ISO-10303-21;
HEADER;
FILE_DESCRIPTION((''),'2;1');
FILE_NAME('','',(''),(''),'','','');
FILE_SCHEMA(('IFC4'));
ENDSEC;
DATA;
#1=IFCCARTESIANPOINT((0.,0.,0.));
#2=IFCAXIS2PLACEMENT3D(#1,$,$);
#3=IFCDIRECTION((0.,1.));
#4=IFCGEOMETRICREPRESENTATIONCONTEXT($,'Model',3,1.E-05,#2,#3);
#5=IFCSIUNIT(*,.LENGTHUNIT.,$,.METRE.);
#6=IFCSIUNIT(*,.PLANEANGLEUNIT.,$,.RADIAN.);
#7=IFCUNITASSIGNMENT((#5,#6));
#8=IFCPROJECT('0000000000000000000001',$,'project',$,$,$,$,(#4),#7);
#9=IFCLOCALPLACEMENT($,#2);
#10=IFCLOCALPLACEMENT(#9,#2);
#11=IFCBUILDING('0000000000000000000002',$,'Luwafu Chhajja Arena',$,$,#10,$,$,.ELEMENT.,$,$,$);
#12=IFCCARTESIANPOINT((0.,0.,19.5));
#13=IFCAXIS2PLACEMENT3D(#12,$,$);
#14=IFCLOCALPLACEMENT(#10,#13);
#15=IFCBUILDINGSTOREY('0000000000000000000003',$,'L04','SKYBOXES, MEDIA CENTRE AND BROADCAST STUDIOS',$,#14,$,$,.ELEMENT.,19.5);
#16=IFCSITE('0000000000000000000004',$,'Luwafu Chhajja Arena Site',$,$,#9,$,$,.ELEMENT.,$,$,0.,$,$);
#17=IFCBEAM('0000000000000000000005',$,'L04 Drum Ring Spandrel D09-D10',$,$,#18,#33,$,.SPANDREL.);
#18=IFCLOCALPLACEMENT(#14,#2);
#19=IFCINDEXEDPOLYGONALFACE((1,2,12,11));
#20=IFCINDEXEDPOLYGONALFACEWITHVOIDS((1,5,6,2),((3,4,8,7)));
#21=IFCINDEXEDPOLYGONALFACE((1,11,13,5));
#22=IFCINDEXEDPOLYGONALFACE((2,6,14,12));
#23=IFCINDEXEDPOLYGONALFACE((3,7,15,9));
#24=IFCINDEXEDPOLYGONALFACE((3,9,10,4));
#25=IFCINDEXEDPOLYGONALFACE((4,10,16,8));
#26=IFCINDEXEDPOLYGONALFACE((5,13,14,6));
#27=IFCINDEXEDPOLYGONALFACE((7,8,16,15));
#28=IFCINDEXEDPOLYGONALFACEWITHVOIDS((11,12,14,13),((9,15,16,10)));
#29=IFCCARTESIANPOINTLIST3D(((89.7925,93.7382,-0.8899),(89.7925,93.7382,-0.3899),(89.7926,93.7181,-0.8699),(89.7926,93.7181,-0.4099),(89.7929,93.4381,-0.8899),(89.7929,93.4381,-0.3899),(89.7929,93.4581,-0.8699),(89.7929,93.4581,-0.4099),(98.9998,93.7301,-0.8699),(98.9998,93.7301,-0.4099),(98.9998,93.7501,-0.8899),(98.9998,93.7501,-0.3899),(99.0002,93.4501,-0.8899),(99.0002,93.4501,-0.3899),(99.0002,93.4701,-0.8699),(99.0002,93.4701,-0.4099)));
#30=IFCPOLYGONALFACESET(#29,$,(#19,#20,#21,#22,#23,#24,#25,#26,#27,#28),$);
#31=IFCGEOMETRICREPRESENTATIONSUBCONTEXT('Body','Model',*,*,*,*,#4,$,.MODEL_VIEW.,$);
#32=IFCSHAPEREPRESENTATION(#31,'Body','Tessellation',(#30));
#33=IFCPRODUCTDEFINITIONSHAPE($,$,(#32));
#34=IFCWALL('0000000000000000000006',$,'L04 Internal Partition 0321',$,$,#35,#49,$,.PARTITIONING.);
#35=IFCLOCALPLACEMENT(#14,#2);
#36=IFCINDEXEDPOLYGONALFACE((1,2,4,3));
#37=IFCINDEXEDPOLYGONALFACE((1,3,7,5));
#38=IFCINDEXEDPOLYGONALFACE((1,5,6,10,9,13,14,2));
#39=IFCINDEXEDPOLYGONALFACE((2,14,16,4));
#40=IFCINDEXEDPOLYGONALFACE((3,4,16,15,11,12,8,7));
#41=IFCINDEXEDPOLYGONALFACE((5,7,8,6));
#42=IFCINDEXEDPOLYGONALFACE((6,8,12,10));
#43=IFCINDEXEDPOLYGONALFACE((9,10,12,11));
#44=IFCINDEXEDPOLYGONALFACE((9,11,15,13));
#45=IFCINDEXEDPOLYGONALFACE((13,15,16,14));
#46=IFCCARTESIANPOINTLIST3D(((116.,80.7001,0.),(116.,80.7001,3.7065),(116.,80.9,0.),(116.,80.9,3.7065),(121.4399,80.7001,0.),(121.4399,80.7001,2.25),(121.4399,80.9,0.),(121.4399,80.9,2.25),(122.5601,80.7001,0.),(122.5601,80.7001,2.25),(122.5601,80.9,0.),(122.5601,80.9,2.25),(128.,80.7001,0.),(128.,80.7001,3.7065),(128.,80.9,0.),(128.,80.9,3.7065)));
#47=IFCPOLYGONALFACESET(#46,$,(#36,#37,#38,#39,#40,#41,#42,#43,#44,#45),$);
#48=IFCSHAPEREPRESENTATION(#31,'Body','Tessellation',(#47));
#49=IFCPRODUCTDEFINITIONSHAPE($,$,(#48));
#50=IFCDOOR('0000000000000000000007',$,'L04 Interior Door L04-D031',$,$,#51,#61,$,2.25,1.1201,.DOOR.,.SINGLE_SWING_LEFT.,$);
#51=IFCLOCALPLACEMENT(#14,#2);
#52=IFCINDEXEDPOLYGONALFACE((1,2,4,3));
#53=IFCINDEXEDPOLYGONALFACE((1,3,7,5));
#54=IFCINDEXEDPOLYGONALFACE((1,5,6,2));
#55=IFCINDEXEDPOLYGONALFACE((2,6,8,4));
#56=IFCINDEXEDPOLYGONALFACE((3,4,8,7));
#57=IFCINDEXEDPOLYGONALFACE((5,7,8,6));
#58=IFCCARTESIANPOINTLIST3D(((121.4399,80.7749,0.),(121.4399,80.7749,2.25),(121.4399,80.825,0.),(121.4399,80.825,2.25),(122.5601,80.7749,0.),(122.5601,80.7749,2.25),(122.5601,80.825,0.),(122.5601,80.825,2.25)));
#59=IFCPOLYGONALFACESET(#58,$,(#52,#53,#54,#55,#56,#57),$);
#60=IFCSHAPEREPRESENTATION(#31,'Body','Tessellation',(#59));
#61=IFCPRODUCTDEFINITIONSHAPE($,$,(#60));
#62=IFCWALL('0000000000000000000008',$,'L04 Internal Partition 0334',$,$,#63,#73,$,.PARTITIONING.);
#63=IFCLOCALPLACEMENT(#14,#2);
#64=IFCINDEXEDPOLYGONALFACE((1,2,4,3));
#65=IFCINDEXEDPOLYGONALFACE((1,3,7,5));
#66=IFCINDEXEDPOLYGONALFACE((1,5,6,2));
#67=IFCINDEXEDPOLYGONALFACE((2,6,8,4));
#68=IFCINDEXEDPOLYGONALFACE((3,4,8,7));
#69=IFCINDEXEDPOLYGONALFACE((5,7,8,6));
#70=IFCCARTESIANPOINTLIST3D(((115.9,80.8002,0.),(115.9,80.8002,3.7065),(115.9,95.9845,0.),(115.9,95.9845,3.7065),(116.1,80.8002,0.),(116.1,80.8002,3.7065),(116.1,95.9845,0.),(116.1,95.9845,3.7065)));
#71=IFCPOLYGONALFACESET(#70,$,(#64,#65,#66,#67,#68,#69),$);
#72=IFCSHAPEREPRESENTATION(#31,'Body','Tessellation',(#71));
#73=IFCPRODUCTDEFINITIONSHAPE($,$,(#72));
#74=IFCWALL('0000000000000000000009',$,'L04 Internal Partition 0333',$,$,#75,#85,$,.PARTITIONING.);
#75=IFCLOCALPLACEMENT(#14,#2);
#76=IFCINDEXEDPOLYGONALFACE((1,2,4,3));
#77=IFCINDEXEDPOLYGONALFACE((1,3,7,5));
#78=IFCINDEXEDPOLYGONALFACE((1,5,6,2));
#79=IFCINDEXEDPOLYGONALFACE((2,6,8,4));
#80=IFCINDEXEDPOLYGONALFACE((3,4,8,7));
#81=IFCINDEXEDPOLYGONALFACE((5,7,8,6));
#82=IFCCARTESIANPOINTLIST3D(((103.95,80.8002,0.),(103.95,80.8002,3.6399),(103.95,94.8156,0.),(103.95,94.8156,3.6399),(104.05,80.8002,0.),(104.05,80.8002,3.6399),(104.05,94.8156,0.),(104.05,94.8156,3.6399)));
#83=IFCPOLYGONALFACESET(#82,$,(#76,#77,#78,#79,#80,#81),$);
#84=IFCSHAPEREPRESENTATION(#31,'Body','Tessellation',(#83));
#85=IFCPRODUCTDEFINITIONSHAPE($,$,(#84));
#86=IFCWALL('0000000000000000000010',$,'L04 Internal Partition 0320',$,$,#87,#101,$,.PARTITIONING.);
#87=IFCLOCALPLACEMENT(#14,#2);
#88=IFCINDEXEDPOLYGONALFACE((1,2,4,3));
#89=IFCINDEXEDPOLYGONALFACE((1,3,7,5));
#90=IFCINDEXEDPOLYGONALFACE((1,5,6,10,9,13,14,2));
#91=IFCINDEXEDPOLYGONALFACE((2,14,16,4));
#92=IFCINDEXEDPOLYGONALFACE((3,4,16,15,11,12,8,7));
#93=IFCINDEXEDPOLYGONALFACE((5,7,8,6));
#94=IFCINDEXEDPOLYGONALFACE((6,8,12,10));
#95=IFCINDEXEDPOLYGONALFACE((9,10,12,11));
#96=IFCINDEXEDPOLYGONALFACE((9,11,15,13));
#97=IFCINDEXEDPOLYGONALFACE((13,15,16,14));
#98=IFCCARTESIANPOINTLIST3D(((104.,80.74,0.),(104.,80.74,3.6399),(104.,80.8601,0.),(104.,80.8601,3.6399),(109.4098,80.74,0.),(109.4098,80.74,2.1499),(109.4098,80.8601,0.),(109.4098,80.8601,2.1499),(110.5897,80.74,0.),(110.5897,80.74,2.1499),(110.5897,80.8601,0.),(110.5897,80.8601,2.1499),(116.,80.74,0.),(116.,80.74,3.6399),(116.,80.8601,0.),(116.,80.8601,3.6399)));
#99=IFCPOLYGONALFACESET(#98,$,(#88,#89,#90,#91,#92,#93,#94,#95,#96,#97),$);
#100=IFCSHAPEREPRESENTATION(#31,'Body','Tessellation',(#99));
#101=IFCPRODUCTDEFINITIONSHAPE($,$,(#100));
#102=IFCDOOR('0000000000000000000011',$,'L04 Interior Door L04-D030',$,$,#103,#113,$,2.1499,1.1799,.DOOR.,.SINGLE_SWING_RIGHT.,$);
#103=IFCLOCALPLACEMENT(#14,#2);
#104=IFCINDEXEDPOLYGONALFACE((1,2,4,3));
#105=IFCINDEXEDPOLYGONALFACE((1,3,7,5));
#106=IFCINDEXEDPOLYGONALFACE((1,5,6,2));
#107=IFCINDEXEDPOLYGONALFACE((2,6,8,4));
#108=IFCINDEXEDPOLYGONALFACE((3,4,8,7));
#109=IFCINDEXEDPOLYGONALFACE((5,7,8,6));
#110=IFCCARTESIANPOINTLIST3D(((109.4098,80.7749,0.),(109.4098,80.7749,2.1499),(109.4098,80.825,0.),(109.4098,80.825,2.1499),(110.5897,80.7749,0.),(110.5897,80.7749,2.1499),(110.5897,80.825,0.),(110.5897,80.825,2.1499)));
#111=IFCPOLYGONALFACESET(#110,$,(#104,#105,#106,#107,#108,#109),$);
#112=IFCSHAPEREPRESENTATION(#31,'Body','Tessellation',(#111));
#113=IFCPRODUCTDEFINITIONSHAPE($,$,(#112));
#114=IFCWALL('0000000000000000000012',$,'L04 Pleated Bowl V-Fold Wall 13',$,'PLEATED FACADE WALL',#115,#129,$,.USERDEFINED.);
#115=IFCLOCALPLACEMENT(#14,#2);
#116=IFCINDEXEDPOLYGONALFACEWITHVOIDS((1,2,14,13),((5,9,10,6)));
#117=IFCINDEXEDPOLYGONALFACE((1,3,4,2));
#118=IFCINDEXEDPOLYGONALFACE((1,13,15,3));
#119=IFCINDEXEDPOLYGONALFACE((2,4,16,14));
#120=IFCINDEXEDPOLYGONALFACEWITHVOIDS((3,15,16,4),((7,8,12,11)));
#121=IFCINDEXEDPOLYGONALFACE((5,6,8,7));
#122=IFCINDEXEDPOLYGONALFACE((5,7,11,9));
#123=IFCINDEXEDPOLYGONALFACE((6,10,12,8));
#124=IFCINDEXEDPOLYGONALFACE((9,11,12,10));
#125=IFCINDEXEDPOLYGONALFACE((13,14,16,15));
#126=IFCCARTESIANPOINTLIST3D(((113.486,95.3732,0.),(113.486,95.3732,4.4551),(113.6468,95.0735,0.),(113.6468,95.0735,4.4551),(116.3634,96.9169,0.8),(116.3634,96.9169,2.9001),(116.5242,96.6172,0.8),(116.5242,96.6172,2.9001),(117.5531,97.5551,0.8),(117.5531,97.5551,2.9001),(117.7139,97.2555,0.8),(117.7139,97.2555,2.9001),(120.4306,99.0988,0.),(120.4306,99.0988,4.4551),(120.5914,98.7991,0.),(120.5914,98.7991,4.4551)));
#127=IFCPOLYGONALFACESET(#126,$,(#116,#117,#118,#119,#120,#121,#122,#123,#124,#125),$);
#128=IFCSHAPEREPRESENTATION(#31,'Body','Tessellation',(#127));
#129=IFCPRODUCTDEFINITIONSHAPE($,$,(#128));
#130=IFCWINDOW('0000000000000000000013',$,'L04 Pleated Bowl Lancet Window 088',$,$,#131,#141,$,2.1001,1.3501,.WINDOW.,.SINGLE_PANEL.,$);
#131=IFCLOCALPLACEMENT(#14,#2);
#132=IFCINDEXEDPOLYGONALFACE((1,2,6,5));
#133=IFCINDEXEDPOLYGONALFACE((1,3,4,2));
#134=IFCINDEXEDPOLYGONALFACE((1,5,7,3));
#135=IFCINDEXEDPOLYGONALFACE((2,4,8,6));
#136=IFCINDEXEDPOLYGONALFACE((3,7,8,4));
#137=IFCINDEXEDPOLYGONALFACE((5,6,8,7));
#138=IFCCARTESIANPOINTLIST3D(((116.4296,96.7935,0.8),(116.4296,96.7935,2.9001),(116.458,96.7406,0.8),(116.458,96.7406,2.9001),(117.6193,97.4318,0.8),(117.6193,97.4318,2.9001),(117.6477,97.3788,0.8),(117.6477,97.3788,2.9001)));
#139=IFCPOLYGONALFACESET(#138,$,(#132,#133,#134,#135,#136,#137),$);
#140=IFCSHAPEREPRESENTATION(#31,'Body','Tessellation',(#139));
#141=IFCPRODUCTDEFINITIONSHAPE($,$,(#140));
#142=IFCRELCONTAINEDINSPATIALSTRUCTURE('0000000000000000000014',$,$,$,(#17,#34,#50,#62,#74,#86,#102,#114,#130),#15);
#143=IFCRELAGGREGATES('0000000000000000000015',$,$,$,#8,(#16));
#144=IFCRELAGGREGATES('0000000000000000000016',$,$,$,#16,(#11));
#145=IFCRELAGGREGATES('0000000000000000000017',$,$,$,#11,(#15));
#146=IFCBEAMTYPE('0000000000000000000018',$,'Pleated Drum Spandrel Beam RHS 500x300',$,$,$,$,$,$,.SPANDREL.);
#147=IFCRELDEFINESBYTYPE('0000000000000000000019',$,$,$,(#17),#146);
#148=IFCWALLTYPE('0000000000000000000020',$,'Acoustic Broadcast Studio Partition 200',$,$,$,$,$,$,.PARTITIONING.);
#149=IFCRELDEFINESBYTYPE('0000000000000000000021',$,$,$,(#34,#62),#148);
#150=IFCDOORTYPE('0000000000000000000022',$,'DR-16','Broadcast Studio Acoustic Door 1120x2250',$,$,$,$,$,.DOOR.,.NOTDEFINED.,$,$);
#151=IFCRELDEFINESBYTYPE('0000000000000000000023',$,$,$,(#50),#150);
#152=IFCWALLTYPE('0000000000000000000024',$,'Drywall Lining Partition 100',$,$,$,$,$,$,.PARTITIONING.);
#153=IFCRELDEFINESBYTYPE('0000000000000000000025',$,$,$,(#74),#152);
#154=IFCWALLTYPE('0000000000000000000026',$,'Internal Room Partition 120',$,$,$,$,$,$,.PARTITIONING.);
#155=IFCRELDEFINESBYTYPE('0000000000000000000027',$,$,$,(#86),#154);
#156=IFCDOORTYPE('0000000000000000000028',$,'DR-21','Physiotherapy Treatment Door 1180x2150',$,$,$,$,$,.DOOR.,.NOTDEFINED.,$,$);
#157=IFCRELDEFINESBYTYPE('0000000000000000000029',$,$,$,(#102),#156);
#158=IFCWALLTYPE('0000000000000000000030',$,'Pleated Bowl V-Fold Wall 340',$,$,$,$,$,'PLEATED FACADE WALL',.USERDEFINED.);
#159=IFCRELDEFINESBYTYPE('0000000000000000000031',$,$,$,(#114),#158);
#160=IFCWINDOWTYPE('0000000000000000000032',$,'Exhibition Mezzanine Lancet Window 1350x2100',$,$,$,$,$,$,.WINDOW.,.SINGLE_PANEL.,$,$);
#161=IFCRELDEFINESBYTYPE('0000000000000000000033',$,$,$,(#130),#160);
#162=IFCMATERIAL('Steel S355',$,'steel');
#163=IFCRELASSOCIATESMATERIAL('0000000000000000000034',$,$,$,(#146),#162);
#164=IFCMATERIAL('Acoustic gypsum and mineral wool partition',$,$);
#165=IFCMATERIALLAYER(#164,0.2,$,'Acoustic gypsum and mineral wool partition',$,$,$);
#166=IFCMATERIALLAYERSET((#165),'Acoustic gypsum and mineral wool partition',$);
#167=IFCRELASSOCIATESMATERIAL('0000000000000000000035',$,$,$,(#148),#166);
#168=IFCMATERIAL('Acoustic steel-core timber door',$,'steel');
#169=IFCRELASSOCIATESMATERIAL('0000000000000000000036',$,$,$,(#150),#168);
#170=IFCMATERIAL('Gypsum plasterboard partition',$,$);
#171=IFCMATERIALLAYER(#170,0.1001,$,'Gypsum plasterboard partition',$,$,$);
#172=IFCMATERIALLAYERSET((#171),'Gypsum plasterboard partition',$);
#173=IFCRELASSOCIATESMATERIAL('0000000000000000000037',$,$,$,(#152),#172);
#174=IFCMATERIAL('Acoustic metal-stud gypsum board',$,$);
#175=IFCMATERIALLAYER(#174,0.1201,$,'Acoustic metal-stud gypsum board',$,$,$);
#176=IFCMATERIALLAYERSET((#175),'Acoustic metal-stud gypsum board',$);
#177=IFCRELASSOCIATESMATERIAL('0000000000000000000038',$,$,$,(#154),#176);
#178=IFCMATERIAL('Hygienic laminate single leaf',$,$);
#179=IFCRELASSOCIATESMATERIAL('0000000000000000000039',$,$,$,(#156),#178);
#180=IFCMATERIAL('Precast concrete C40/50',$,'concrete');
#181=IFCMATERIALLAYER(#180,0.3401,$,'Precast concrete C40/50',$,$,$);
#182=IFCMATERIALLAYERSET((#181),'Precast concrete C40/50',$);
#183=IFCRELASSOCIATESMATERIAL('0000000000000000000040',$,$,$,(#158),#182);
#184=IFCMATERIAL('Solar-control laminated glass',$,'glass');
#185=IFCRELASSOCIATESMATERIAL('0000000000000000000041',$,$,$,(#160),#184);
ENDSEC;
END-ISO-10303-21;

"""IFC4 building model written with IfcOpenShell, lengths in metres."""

from ifc_helpers import new_model, si_unit, direction, frame, frame_2d, origin, origin_2d, place, context, subcontext, project, spatial, rectangle, hollow_rectangle, extrude, material, layer, layer_set, material_profile, profile_set, type_object, element, fill, save


model = new_model("IFC4")

# Units and contexts
model_context = context("Model", 3, precision=1e-05, world=origin(), true_north=direction((0.0, 1.0)))
body_context = subcontext(model_context, "Body", "Model", "MODEL_VIEW")
ifc_project = project(units=[si_unit("LENGTHUNIT", "METRE"), si_unit("PLANEANGLEUNIT", "RADIAN")], contexts=[model_context])

# Site, building, storey
site_placement = place(None, origin())
site = spatial("IfcSite", under=ifc_project, at=site_placement, Name="Luwafu Chhajja Arena Site", CompositionType="ELEMENT", RefElevation=0.0)
building_placement = place(site_placement, origin())
building = spatial("IfcBuilding", under=site, at=building_placement, Name="Luwafu Chhajja Arena", CompositionType="ELEMENT")
storey_placement = place(building_placement, frame((0.0, 0.0, 19.5)))
storey = spatial("IfcBuildingStorey", under=building, at=storey_placement, Name="L04", Description="SKYBOXES, MEDIA CENTRE AND BROADCAST STUDIOS", CompositionType="ELEMENT", Elevation=19.5)

# Shared definitions
ifc_material_1 = material(Name="Steel S355", Category="steel")

# Beam
ifc_material_profile_1 = material_profile(ifc_material_1, hollow_rectangle(XDim=0.3, YDim=0.5, WallThickness=0.02, at=origin_2d()), Name="RHS 500x300x20")
ifc_profile_set_1 = profile_set([ifc_material_profile_1], Name="Steel S355")
beam_type_1 = type_object("IfcBeamType", Name="Pleated Drum Spandrel Beam RHS 500x300", PredefinedType="SPANDREL", material=ifc_profile_set_1)
for number, where, z_axis, x_axis, name in (
    (1, (99.0, 93.6001, -0.6399), (-0.999999, -0.001299, 0.0), (0.001299, -0.999999, 0.0), "L04 Drum Ring Spandrel D09-D10"),
):
    element("IfcBeam", number, at=place(storey_placement, frame(where, z_axis=z_axis, x_axis=x_axis)), inside=storey, type_object=beam_type_1, Name=name, PredefinedType="SPANDREL", context=body_context, shape_type="SweptSolid", body=[
        extrude(hollow_rectangle(XDim=0.3, YDim=0.5, WallThickness=0.02, at=origin_2d()), origin(), (0.0, 0.0, 1.0), 9.2073),
    ])

# Wall, opening, door
ifc_material_2 = material(Name="Acoustic gypsum and mineral wool partition")
ifc_layer_1 = layer(ifc_material_2, 0.2, Name="Acoustic gypsum and mineral wool partition")
ifc_layer_set_1 = layer_set([ifc_layer_1], Name="Acoustic gypsum and mineral wool partition")
wall_type_1 = type_object("IfcWallType", Name="Acoustic Broadcast Studio Partition 200", PredefinedType="PARTITIONING", material=ifc_layer_set_1)
wall_1_placement = place(storey_placement, frame((116.0, 80.8, 0.0), z_axis=(0.0, 0.0, 1.0), x_axis=(1.0, 0.0, 0.0)))
wall_1 = element("IfcWall", 2, at=wall_1_placement, inside=storey, type_object=wall_type_1, Name="L04 Internal Partition 0321", PredefinedType="PARTITIONING", context=body_context, shape_type="SweptSolid", body=[
    extrude(rectangle(XDim=12.0, YDim=0.2, at=frame_2d((6.0, 0.0))), origin(), (0.0, 0.0, 1.0), 3.7065),
])
opening_1_placement = place(wall_1_placement, frame((5.4399, 0.0, 0.0)))
opening_1 = element("IfcOpeningElement", 3, at=opening_1_placement, cuts=wall_1, PredefinedType="OPENING", context=body_context, shape_type="SweptSolid", body=[
    extrude(rectangle(XDim=1.1201, YDim=2.25, at=frame_2d((0.5601, 1.125))), frame((0.0, 0.1099, 0.0), z_axis=(0.0, -1.0, 0.0), x_axis=(1.0, 0.0, 0.0)), (0.0, 0.0, 1.0), 0.22),
])
ifc_material_3 = material(Name="Acoustic steel-core timber door", Category="steel")
door_type_1 = type_object("IfcDoorType", Name="DR-16", Description="Broadcast Studio Acoustic Door 1120x2250", OperationType="NOTDEFINED", PredefinedType="DOOR", material=ifc_material_3)
door_1_placement = place(opening_1_placement, origin())
door_1 = element("IfcDoor", 4, at=door_1_placement, inside=storey, type_object=door_type_1, Name="L04 Interior Door L04-D031", OperationType="SINGLE_SWING_LEFT", OverallHeight=2.25, OverallWidth=1.1201, PredefinedType="DOOR", context=body_context, shape_type="SweptSolid", body=[
    extrude(rectangle(XDim=1.1201, YDim=2.25, at=frame_2d((0.5601, 1.125))), frame((0.0, 0.0249, 0.0), z_axis=(0.0, -1.0, 0.0), x_axis=(1.0, 0.0, 0.0)), (0.0, 0.0, 1.0), 0.05),
])
fill(opening_1, door_1)

# Walls
wall_2_placement = place(storey_placement, frame((116.0, 80.8, 0.0), z_axis=(0.0, 0.0, 1.0), x_axis=(0.0, 1.0, 0.0)))
element("IfcWall", 5, at=wall_2_placement, inside=storey, type_object=wall_type_1, Name="L04 Internal Partition 0334", PredefinedType="PARTITIONING", context=body_context, shape_type="SweptSolid", body=[
    extrude(rectangle(XDim=15.1843, YDim=0.2, at=frame_2d((7.5923, 0.0))), origin(), (0.0, 0.0, 1.0), 3.7065),
])
ifc_material_4 = material(Name="Gypsum plasterboard partition")
ifc_layer_2 = layer(ifc_material_4, 0.1001, Name="Gypsum plasterboard partition")
ifc_layer_set_2 = layer_set([ifc_layer_2], Name="Gypsum plasterboard partition")
wall_type_2 = type_object("IfcWallType", Name="Drywall Lining Partition 100", PredefinedType="PARTITIONING", material=ifc_layer_set_2)
wall_3_placement = place(storey_placement, frame((104.0, 80.8, 0.0), z_axis=(0.0, 0.0, 1.0), x_axis=(0.0, 1.0, 0.0)))
element("IfcWall", 6, at=wall_3_placement, inside=storey, type_object=wall_type_2, Name="L04 Internal Partition 0333", PredefinedType="PARTITIONING", context=body_context, shape_type="SweptSolid", body=[
    extrude(rectangle(XDim=14.0154, YDim=0.1001, at=frame_2d((7.0078, 0.0))), origin(), (0.0, 0.0, 1.0), 3.6399),
])

# Wall, opening, door
ifc_material_5 = material(Name="Acoustic metal-stud gypsum board")
ifc_layer_3 = layer(ifc_material_5, 0.1201, Name="Acoustic metal-stud gypsum board")
ifc_layer_set_3 = layer_set([ifc_layer_3], Name="Acoustic metal-stud gypsum board")
wall_type_3 = type_object("IfcWallType", Name="Internal Room Partition 120", PredefinedType="PARTITIONING", material=ifc_layer_set_3)
wall_4_placement = place(storey_placement, frame((104.0, 80.8, 0.0), z_axis=(0.0, 0.0, 1.0), x_axis=(1.0, 0.0, 0.0)))
wall_4 = element("IfcWall", 7, at=wall_4_placement, inside=storey, type_object=wall_type_3, Name="L04 Internal Partition 0320", PredefinedType="PARTITIONING", context=body_context, shape_type="SweptSolid", body=[
    extrude(rectangle(XDim=12.0, YDim=0.1201, at=frame_2d((6.0, 0.0))), origin(), (0.0, 0.0, 1.0), 3.6399),
])
opening_2_placement = place(wall_4_placement, frame((5.4099, 0.0, 0.0)))
opening_2 = element("IfcOpeningElement", 8, at=opening_2_placement, cuts=wall_4, PredefinedType="OPENING", context=body_context, shape_type="SweptSolid", body=[
    extrude(rectangle(XDim=1.1799, YDim=2.1499, at=frame_2d((0.5898, 1.075))), frame((0.0, 0.0701, 0.0), z_axis=(0.0, -1.0, 0.0), x_axis=(1.0, 0.0, 0.0)), (0.0, 0.0, 1.0), 0.1401),
])
ifc_material_6 = material(Name="Hygienic laminate single leaf")
door_type_2 = type_object("IfcDoorType", Name="DR-21", Description="Physiotherapy Treatment Door 1180x2150", OperationType="NOTDEFINED", PredefinedType="DOOR", material=ifc_material_6)
door_2_placement = place(opening_2_placement, origin())
door_2 = element("IfcDoor", 9, at=door_2_placement, inside=storey, type_object=door_type_2, Name="L04 Interior Door L04-D030", OperationType="SINGLE_SWING_RIGHT", OverallHeight=2.1499, OverallWidth=1.1799, PredefinedType="DOOR", context=body_context, shape_type="SweptSolid", body=[
    extrude(rectangle(XDim=1.1799, YDim=2.1499, at=frame_2d((0.5898, 1.075))), frame((0.0, 0.0249, 0.0), z_axis=(0.0, -1.0, 0.0), x_axis=(1.0, 0.0, 0.0)), (0.0, 0.0, 1.0), 0.05),
])
fill(opening_2, door_2)

# Wall, opening, window
ifc_material_7 = material(Name="Precast concrete C40/50", Category="concrete")
ifc_layer_4 = layer(ifc_material_7, 0.3401, Name="Precast concrete C40/50")
ifc_layer_set_4 = layer_set([ifc_layer_4], Name="Precast concrete C40/50")
wall_type_4 = type_object("IfcWallType", Name="Pleated Bowl V-Fold Wall 340", ElementType="PLEATED FACADE WALL", PredefinedType="USERDEFINED", material=ifc_layer_set_4)
wall_5_placement = place(storey_placement, frame((120.511, 98.949, 0.0), z_axis=(0.0, 0.0, 1.0), x_axis=(-0.881201, -0.472741, 0.0)))
wall_5 = element("IfcWall", 10, at=wall_5_placement, inside=storey, type_object=wall_type_4, Name="L04 Pleated Bowl V-Fold Wall 13", ObjectType="PLEATED FACADE WALL", PredefinedType="USERDEFINED", context=body_context, shape_type="SweptSolid", body=[
    extrude(rectangle(XDim=7.8809, YDim=0.3401, at=frame_2d((3.9404, 0.0))), origin(), (0.0, 0.0, 1.0), 4.4551),
])
opening_3_placement = place(wall_5_placement, frame((3.2654, 0.0, 0.8)))
opening_3 = element("IfcOpeningElement", 11, at=opening_3_placement, cuts=wall_5, PredefinedType="OPENING", context=body_context, shape_type="SweptSolid", body=[
    extrude(rectangle(XDim=1.3501, YDim=2.1001, at=frame_2d((0.675, 1.05))), frame((0.0, 0.1799, 0.0), z_axis=(0.0, -1.0, 0.0), x_axis=(1.0, 0.0, 0.0)), (0.0, 0.0, 1.0), 0.3601),
])
ifc_material_8 = material(Name="Solar-control laminated glass", Category="glass")
window_type_1 = type_object("IfcWindowType", Name="Exhibition Mezzanine Lancet Window 1350x2100", PartitioningType="SINGLE_PANEL", PredefinedType="WINDOW", material=ifc_material_8)
window_1_placement = place(opening_3_placement, origin())
window_1 = element("IfcWindow", 12, at=window_1_placement, inside=storey, type_object=window_type_1, Name="L04 Pleated Bowl Lancet Window 088", OverallHeight=2.1001, OverallWidth=1.3501, PartitioningType="SINGLE_PANEL", PredefinedType="WINDOW", context=body_context, shape_type="SweptSolid", body=[
    extrude(rectangle(XDim=1.3501, YDim=2.1001, at=frame_2d((0.675, 1.05))), frame((0.0, 0.03, 0.0), z_axis=(0.0, -1.0, 0.0), x_axis=(1.0, 0.0, 0.0)), (0.0, 0.0, 1.0), 0.0601),
])
fill(opening_3, window_1)

save(model, "model.ifc")
